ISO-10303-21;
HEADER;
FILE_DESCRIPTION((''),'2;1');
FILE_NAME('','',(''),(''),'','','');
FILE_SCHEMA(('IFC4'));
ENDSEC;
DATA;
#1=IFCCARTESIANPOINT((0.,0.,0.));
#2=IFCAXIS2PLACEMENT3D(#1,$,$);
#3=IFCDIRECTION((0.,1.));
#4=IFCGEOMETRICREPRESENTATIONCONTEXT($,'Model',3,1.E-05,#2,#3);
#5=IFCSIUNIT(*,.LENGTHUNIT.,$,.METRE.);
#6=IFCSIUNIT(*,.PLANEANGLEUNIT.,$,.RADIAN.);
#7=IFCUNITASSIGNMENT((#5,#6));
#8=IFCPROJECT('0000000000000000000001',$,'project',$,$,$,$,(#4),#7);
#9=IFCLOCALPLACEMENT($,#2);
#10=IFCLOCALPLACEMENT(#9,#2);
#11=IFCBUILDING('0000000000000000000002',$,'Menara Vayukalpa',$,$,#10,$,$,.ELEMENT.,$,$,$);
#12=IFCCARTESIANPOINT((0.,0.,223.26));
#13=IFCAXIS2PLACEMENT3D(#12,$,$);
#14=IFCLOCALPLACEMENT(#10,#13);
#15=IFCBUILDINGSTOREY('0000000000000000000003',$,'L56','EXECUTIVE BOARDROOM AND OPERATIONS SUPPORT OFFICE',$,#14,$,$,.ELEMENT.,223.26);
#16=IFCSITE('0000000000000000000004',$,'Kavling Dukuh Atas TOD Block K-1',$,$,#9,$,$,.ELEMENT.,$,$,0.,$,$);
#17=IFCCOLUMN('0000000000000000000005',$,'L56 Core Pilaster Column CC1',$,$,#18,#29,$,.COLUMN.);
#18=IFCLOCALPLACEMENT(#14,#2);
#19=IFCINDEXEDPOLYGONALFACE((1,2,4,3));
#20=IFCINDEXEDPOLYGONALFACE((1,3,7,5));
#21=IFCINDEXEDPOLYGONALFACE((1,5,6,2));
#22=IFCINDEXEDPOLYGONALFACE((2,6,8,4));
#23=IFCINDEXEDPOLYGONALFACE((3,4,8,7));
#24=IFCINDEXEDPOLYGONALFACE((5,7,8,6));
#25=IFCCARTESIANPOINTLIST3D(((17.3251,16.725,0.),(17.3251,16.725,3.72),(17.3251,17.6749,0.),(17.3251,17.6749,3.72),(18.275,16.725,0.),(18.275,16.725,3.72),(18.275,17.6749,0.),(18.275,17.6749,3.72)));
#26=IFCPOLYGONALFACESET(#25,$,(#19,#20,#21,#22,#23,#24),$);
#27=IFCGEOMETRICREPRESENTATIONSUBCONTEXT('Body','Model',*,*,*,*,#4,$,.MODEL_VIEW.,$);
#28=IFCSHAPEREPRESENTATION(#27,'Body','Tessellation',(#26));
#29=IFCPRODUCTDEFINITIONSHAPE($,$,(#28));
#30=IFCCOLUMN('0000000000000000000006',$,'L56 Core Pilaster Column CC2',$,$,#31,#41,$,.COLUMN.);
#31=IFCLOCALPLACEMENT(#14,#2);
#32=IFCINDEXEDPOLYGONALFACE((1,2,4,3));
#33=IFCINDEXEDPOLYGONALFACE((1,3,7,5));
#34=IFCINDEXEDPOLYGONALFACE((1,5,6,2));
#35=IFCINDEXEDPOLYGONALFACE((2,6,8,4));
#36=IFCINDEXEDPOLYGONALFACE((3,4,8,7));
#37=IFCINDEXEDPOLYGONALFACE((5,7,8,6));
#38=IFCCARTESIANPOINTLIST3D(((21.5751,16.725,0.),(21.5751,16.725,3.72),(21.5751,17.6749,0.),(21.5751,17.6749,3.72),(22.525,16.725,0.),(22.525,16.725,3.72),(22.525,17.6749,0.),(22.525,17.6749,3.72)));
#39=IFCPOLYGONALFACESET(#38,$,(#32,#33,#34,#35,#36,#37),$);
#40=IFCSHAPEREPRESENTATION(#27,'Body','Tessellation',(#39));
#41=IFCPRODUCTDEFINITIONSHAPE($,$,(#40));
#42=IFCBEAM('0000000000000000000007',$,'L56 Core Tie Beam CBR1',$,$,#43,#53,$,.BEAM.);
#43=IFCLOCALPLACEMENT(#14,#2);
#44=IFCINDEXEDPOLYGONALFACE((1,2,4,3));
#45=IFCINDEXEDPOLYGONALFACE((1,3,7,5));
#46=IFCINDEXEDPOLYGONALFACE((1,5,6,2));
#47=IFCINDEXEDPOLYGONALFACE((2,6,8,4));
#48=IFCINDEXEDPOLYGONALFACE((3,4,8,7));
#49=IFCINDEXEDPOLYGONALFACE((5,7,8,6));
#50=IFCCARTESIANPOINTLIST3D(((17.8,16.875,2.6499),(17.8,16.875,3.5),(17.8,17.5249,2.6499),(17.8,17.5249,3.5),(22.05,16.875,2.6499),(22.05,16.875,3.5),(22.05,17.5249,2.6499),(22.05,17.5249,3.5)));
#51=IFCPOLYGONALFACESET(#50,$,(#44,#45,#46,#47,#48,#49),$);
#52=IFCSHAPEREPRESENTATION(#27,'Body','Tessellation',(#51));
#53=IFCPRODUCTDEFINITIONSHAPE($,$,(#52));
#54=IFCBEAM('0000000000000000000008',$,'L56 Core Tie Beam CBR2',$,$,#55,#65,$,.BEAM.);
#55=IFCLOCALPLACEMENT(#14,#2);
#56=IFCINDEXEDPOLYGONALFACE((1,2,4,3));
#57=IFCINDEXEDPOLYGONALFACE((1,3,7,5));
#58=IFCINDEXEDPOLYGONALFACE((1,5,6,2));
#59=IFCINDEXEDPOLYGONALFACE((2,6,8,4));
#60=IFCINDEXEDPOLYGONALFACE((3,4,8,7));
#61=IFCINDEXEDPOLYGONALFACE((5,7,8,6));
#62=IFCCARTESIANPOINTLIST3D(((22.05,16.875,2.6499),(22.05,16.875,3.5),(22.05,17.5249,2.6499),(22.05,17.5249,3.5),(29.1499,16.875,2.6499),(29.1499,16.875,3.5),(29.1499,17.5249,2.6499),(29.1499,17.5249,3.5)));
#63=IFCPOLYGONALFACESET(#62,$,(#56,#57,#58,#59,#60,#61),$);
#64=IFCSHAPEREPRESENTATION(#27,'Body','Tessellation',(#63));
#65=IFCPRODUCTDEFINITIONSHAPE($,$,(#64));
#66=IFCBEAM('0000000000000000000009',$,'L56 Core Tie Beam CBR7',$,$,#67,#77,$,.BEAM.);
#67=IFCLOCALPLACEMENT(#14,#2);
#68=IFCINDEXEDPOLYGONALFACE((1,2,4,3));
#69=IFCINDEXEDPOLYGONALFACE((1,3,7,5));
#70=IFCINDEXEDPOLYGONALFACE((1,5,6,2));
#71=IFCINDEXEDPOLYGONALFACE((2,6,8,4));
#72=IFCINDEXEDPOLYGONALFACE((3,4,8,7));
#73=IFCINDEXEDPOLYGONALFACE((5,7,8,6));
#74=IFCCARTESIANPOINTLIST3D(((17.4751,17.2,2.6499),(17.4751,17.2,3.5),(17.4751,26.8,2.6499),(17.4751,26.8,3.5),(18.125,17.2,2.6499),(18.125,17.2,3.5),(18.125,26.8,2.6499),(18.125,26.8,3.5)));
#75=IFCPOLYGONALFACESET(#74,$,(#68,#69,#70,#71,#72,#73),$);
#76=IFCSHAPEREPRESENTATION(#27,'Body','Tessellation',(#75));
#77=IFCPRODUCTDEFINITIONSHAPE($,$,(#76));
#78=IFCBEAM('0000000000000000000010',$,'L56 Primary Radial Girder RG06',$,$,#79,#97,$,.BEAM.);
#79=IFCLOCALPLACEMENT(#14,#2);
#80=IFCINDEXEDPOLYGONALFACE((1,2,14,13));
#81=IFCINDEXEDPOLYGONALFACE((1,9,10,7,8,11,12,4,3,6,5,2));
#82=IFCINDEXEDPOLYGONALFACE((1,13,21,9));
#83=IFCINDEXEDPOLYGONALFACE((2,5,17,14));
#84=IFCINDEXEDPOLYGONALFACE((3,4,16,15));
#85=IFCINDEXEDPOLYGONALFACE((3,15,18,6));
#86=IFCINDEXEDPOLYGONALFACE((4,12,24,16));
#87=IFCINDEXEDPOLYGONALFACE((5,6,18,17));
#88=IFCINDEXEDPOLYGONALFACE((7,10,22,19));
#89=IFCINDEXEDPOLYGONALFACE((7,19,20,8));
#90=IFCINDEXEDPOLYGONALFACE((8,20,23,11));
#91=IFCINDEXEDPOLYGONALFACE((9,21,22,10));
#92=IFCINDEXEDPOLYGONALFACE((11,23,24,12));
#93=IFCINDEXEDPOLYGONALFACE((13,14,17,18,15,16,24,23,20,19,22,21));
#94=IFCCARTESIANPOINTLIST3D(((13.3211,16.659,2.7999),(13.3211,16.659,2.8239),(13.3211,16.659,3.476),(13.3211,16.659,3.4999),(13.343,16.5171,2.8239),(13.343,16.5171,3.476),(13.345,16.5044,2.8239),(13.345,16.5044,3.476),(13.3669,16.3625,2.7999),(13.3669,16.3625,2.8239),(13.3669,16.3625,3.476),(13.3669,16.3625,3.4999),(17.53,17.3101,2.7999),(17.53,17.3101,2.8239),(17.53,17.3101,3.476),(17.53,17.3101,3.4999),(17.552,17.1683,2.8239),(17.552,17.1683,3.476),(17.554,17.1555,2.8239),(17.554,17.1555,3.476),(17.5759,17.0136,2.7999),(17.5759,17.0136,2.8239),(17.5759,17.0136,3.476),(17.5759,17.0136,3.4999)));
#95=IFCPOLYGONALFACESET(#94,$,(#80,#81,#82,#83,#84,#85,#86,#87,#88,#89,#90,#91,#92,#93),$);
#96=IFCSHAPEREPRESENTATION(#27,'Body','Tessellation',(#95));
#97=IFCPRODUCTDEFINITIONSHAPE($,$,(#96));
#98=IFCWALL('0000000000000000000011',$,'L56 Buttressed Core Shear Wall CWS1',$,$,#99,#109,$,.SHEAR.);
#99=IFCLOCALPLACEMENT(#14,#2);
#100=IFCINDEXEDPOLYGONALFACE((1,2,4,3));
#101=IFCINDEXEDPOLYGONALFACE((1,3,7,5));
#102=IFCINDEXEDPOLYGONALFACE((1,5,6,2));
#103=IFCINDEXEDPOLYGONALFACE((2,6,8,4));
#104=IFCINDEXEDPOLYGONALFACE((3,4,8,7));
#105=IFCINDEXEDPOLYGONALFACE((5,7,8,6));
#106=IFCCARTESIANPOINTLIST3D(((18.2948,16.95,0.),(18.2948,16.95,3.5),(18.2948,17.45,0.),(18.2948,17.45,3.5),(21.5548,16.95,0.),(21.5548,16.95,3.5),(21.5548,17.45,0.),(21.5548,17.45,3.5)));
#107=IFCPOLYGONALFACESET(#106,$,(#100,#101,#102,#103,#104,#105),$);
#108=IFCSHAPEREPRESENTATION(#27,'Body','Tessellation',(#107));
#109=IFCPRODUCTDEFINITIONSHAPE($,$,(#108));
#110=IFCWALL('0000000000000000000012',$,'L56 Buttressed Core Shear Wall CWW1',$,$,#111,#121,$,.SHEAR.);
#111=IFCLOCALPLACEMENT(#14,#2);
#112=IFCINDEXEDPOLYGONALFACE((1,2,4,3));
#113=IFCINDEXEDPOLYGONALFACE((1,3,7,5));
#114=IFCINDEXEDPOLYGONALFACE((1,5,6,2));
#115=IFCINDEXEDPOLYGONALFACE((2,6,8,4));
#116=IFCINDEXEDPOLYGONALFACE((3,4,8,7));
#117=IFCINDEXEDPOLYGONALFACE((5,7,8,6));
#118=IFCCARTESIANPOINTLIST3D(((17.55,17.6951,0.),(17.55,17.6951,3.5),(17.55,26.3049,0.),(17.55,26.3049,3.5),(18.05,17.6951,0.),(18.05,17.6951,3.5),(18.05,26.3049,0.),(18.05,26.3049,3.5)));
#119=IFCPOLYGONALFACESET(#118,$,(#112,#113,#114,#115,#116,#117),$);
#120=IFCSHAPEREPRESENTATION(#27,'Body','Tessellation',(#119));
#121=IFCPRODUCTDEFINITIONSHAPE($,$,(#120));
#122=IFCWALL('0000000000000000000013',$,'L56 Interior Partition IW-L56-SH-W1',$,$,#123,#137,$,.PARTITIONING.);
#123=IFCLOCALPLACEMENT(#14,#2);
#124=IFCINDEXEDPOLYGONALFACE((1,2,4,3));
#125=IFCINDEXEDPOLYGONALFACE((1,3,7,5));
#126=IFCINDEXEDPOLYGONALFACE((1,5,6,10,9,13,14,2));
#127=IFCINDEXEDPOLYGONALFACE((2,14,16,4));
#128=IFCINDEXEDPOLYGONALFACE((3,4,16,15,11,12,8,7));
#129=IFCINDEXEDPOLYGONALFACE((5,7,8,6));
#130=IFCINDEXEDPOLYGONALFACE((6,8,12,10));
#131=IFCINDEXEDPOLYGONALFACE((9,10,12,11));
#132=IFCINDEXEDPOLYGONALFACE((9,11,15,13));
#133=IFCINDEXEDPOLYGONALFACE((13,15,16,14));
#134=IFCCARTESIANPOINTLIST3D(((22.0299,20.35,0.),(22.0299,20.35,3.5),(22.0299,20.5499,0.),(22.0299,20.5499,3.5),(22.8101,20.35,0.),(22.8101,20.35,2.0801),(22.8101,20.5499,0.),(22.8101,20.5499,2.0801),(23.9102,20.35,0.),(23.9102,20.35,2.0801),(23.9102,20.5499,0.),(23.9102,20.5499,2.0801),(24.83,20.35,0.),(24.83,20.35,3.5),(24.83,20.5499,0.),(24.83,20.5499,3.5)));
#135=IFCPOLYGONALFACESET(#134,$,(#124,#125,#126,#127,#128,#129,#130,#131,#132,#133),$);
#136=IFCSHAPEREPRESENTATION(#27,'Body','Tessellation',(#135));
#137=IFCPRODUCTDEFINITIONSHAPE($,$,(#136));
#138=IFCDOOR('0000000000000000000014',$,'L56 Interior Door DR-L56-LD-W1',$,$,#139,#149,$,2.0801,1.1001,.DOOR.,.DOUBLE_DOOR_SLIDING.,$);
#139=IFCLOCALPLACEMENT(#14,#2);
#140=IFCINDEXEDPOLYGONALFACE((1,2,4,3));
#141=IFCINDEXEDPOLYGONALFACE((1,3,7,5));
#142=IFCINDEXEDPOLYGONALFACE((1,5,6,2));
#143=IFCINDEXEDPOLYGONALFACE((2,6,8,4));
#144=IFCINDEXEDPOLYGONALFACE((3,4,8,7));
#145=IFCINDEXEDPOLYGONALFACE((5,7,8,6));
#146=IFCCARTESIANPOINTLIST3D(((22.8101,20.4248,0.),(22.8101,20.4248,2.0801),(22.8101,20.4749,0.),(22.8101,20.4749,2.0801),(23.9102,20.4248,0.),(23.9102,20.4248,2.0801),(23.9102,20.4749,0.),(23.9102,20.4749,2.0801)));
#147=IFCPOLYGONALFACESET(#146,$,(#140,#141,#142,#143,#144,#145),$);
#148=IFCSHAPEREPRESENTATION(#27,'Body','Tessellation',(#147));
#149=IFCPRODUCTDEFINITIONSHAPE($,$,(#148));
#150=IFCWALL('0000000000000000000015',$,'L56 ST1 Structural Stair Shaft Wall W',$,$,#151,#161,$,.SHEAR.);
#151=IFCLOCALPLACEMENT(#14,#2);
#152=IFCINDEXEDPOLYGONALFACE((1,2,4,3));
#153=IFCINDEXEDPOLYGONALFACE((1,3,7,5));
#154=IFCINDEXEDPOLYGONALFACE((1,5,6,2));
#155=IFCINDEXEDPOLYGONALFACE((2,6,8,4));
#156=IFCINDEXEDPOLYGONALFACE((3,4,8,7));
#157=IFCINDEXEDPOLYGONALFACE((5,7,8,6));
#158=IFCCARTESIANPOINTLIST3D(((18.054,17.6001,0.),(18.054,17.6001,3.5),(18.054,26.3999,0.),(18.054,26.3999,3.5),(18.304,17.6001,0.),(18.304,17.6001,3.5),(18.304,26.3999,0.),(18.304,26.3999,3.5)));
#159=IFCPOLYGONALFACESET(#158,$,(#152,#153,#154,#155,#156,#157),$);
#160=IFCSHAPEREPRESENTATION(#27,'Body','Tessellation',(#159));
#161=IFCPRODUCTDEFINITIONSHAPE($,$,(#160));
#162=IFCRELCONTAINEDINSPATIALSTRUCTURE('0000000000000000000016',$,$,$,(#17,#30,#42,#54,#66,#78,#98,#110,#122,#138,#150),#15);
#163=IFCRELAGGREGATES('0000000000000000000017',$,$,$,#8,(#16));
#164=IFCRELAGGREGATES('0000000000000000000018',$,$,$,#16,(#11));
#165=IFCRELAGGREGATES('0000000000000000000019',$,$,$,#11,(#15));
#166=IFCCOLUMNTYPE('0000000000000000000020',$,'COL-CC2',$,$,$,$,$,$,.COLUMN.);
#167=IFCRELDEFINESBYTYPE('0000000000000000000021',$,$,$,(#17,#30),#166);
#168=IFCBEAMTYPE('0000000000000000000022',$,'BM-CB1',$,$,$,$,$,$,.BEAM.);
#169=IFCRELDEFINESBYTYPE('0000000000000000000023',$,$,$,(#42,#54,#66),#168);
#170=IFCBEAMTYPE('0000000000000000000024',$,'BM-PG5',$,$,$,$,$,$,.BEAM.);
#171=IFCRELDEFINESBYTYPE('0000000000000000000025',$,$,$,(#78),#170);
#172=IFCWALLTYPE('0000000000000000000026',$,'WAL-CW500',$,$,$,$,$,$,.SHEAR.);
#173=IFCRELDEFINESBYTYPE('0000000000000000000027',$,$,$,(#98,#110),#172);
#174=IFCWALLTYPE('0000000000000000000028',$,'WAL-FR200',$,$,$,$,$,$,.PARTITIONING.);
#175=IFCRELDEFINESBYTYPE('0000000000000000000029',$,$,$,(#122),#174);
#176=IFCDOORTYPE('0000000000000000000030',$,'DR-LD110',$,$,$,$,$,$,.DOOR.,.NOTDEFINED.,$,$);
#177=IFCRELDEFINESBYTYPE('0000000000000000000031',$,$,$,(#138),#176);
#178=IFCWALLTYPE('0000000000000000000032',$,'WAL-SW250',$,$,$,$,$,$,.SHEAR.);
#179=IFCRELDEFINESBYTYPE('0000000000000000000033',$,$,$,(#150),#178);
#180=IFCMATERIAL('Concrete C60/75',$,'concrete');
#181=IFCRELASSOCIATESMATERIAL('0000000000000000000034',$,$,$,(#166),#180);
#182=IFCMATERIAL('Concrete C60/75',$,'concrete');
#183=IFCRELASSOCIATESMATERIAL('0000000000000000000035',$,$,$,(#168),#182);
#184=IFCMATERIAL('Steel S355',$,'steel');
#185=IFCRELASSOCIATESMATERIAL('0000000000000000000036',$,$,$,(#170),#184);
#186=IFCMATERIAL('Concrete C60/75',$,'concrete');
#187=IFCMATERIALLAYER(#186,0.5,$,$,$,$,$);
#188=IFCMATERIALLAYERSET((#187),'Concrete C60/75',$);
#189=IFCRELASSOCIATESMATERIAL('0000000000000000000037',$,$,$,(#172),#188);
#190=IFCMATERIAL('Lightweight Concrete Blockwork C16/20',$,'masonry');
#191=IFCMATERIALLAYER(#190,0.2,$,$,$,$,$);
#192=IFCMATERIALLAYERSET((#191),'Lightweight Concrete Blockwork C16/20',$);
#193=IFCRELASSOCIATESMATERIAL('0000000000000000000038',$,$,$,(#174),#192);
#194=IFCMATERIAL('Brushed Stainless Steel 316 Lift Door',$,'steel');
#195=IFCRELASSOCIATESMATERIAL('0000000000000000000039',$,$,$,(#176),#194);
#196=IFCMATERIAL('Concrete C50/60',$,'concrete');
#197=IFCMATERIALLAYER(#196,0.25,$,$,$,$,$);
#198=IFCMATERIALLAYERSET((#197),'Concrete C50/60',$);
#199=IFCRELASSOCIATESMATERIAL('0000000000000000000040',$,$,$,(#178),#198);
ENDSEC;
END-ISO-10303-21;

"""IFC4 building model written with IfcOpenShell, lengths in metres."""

from ifc_helpers import new_model, si_unit, direction, frame, frame_2d, origin, origin_2d, place, context, subcontext, project, spatial, rectangle, i_section, extrude, material, layer, layer_set, material_profile, profile_set, type_object, element, fill, save


model = new_model("IFC4")

# Units and contexts
model_context = context("Model", 3, precision=1e-05, world=origin(), true_north=direction((0.0, 1.0)))
body_context = subcontext(model_context, "Body", "Model", "MODEL_VIEW")
ifc_project = project(units=[si_unit("LENGTHUNIT", "METRE"), si_unit("PLANEANGLEUNIT", "RADIAN")], contexts=[model_context])

# Site, building, storey
site_placement = place(None, origin())
site = spatial("IfcSite", under=ifc_project, at=site_placement, Name="Kavling Dukuh Atas TOD Block K-1", CompositionType="ELEMENT", RefElevation=0.0)
building_placement = place(site_placement, origin())
building = spatial("IfcBuilding", under=site, at=building_placement, Name="Menara Vayukalpa", CompositionType="ELEMENT")
storey_placement = place(building_placement, frame((0.0, 0.0, 223.26)))
storey = spatial("IfcBuildingStorey", under=building, at=storey_placement, Name="L56", Description="EXECUTIVE BOARDROOM AND OPERATIONS SUPPORT OFFICE", CompositionType="ELEMENT", Elevation=223.26)

# Columns
ifc_material_1 = material(Name="Concrete C60/75", Category="concrete")
ifc_material_profile_1 = material_profile(ifc_material_1, rectangle(XDim=0.95, YDim=0.95, at=origin_2d()), Name="RC 950x950")
ifc_profile_set_1 = profile_set([ifc_material_profile_1], Name="Concrete C60/75")
column_type = type_object("IfcColumnType", Name="COL-CC2", PredefinedType="COLUMN", material=ifc_profile_set_1)
for number, where, z_axis, x_axis, name in (
    (1, (17.8, 17.2, 0.0), (0.0, 0.0, 1.0), (1.0, 0.0, 0.0), "L56 Core Pilaster Column CC1"),
    (2, (22.05, 17.2, 0.0), (0.0, 0.0, 1.0), (1.0, 0.0, 0.0), "L56 Core Pilaster Column CC2"),
):
    element("IfcColumn", number, at=place(storey_placement, frame(where, z_axis=z_axis, x_axis=x_axis)), inside=storey, type_object=column_type, Name=name, PredefinedType="COLUMN", context=body_context, shape_type="SweptSolid", body=[
        extrude(rectangle(XDim=0.95, YDim=0.95, at=origin_2d()), origin(), (0.0, 0.0, 1.0), 3.72),
    ])

# Beams
ifc_material_2 = material(Name="Concrete C60/75", Category="concrete")
ifc_material_profile_2 = material_profile(ifc_material_2, rectangle(XDim=0.6499, YDim=0.8501, at=origin_2d()), Name="RC 650x850")
ifc_profile_set_2 = profile_set([ifc_material_profile_2], Name="Concrete C60/75")
beam_type_1 = type_object("IfcBeamType", Name="BM-CB1", PredefinedType="BEAM", material=ifc_profile_set_2)
beam_1_placement = place(storey_placement, frame((17.8, 17.2, 3.075), z_axis=(1.0, 0.0, 0.0), x_axis=(0.0, 1.0, 0.0)))
element("IfcBeam", 3, at=beam_1_placement, inside=storey, type_object=beam_type_1, Name="L56 Core Tie Beam CBR1", PredefinedType="BEAM", context=body_context, shape_type="SweptSolid", body=[
    extrude(rectangle(XDim=0.6499, YDim=0.8501, at=origin_2d()), origin(), (0.0, 0.0, 1.0), 4.25),
])
beam_2_placement = place(storey_placement, frame((22.05, 17.2, 3.075), z_axis=(1.0, 0.0, 0.0), x_axis=(0.0, 1.0, 0.0)))
element("IfcBeam", 4, at=beam_2_placement, inside=storey, type_object=beam_type_1, Name="L56 Core Tie Beam CBR2", PredefinedType="BEAM", context=body_context, shape_type="SweptSolid", body=[
    extrude(rectangle(XDim=0.6499, YDim=0.8501, at=origin_2d()), origin(), (0.0, 0.0, 1.0), 7.0999),
])
beam_3_placement = place(storey_placement, frame((17.8, 17.2, 3.075), z_axis=(0.0, 1.0, 0.0), x_axis=(-1.0, 0.0, 0.0)))
element("IfcBeam", 5, at=beam_3_placement, inside=storey, type_object=beam_type_1, Name="L56 Core Tie Beam CBR7", PredefinedType="BEAM", context=body_context, shape_type="SweptSolid", body=[
    extrude(rectangle(XDim=0.6499, YDim=0.8501, at=origin_2d()), origin(), (0.0, 0.0, 1.0), 9.6001),
])
ifc_material_3 = material(Name="Steel S355", Category="steel")
ifc_material_profile_3 = material_profile(ifc_material_3, i_section(OverallWidth=0.3, OverallDepth=0.7, WebThickness=0.0129, FlangeThickness=0.0239, at=origin_2d()), Name="WF 700x300x13x24")
ifc_profile_set_3 = profile_set([ifc_material_profile_3], Name="Steel S355")
beam_type_2 = type_object("IfcBeamType", Name="BM-PG5", PredefinedType="BEAM", material=ifc_profile_set_3)
beam_4_placement = place(storey_placement, frame((17.553, 17.1619, 3.1499), z_axis=(-0.988245, -0.15288, 0.0), x_axis=(0.15288, -0.988245, 0.0)))
element("IfcBeam", 6, at=beam_4_placement, inside=storey, type_object=beam_type_2, Name="L56 Primary Radial Girder RG06", PredefinedType="BEAM", context=body_context, shape_type="SweptSolid", body=[
    extrude(i_section(OverallWidth=0.3, OverallDepth=0.7, WebThickness=0.0129, FlangeThickness=0.0239, at=origin_2d()), origin(), (0.0, 0.0, 1.0), 4.259),
])

# Walls
ifc_material_4 = material(Name="Concrete C60/75", Category="concrete")
ifc_layer_1 = layer(ifc_material_4, 0.5)
ifc_layer_set_1 = layer_set([ifc_layer_1], Name="Concrete C60/75")
wall_type_1 = type_object("IfcWallType", Name="WAL-CW500", PredefinedType="SHEAR", material=ifc_layer_set_1)
wall_1_placement = place(storey_placement, frame((18.2949, 17.2, 0.0), z_axis=(0.0, 0.0, 1.0), x_axis=(1.0, 0.0, 0.0)))
element("IfcWall", 7, at=wall_1_placement, inside=storey, type_object=wall_type_1, Name="L56 Buttressed Core Shear Wall CWS1", PredefinedType="SHEAR", context=body_context, shape_type="SweptSolid", body=[
    extrude(rectangle(XDim=3.26, YDim=0.5, at=frame_2d((1.6299, 0.0))), origin(), (0.0, 0.0, 1.0), 3.5),
])
wall_2_placement = place(storey_placement, frame((17.8, 17.6951, 0.0), z_axis=(0.0, 0.0, 1.0), x_axis=(0.0, 1.0, 0.0)))
element("IfcWall", 8, at=wall_2_placement, inside=storey, type_object=wall_type_1, Name="L56 Buttressed Core Shear Wall CWW1", PredefinedType="SHEAR", context=body_context, shape_type="SweptSolid", body=[
    extrude(rectangle(XDim=8.6099, YDim=0.5, at=frame_2d((4.3049, 0.0))), origin(), (0.0, 0.0, 1.0), 3.5),
])

# Wall, opening, door
ifc_material_5 = material(Name="Lightweight Concrete Blockwork C16/20", Category="masonry")
ifc_layer_2 = layer(ifc_material_5, 0.2)
ifc_layer_set_2 = layer_set([ifc_layer_2], Name="Lightweight Concrete Blockwork C16/20")
wall_type_2 = type_object("IfcWallType", Name="WAL-FR200", PredefinedType="PARTITIONING", material=ifc_layer_set_2)
wall_3_placement = place(storey_placement, frame((22.03, 20.45, 0.0), z_axis=(0.0, 0.0, 1.0), x_axis=(1.0, 0.0, 0.0)))
wall_3 = element("IfcWall", 9, at=wall_3_placement, inside=storey, type_object=wall_type_2, Name="L56 Interior Partition IW-L56-SH-W1", PredefinedType="PARTITIONING", context=body_context, shape_type="SweptSolid", body=[
    extrude(rectangle(XDim=2.8, YDim=0.2, at=frame_2d((1.3999, 0.0))), origin(), (0.0, 0.0, 1.0), 3.5),
])
opening_1_placement = place(wall_3_placement, frame((0.78, 0.0, 0.0)))
opening_1 = element("IfcOpeningElement", 10, at=opening_1_placement, cuts=wall_3, PredefinedType="OPENING", context=body_context, shape_type="SweptSolid", body=[
    extrude(rectangle(XDim=1.1001, YDim=2.0801, at=frame_2d((0.55, 1.04))), frame((0.0, 0.1099, 0.0), z_axis=(0.0, -1.0, 0.0), x_axis=(1.0, 0.0, 0.0)), (0.0, 0.0, 1.0), 0.22),
])
ifc_material_6 = material(Name="Brushed Stainless Steel 316 Lift Door", Category="steel")
door_type_1 = type_object("IfcDoorType", Name="DR-LD110", OperationType="NOTDEFINED", PredefinedType="DOOR", material=ifc_material_6)
door_1_placement = place(opening_1_placement, origin())
door_1 = element("IfcDoor", 11, at=door_1_placement, inside=storey, type_object=door_type_1, Name="L56 Interior Door DR-L56-LD-W1", OperationType="DOUBLE_DOOR_SLIDING", OverallHeight=2.0801, OverallWidth=1.1001, PredefinedType="DOOR", context=body_context, shape_type="SweptSolid", body=[
    extrude(rectangle(XDim=1.1001, YDim=2.0801, at=frame_2d((0.55, 1.04))), frame((0.0, 0.0249, 0.0), z_axis=(0.0, -1.0, 0.0), x_axis=(1.0, 0.0, 0.0)), (0.0, 0.0, 1.0), 0.05),
])
fill(opening_1, door_1)

# Wall
ifc_material_7 = material(Name="Concrete C50/60", Category="concrete")
ifc_layer_3 = layer(ifc_material_7, 0.25)
ifc_layer_set_3 = layer_set([ifc_layer_3], Name="Concrete C50/60")
wall_type_3 = type_object("IfcWallType", Name="WAL-SW250", PredefinedType="SHEAR", material=ifc_layer_set_3)
wall_4_placement = place(storey_placement, frame((18.179, 17.6001, 0.0), z_axis=(0.0, 0.0, 1.0), x_axis=(0.0, 1.0, 0.0)))
element("IfcWall", 12, at=wall_4_placement, inside=storey, type_object=wall_type_3, Name="L56 ST1 Structural Stair Shaft Wall W", PredefinedType="SHEAR", context=body_context, shape_type="SweptSolid", body=[
    extrude(rectangle(XDim=8.7998, YDim=0.25, at=frame_2d((4.3999, 0.0))), origin(), (0.0, 0.0, 1.0), 3.5),
])

save(model, "model.ifc")
